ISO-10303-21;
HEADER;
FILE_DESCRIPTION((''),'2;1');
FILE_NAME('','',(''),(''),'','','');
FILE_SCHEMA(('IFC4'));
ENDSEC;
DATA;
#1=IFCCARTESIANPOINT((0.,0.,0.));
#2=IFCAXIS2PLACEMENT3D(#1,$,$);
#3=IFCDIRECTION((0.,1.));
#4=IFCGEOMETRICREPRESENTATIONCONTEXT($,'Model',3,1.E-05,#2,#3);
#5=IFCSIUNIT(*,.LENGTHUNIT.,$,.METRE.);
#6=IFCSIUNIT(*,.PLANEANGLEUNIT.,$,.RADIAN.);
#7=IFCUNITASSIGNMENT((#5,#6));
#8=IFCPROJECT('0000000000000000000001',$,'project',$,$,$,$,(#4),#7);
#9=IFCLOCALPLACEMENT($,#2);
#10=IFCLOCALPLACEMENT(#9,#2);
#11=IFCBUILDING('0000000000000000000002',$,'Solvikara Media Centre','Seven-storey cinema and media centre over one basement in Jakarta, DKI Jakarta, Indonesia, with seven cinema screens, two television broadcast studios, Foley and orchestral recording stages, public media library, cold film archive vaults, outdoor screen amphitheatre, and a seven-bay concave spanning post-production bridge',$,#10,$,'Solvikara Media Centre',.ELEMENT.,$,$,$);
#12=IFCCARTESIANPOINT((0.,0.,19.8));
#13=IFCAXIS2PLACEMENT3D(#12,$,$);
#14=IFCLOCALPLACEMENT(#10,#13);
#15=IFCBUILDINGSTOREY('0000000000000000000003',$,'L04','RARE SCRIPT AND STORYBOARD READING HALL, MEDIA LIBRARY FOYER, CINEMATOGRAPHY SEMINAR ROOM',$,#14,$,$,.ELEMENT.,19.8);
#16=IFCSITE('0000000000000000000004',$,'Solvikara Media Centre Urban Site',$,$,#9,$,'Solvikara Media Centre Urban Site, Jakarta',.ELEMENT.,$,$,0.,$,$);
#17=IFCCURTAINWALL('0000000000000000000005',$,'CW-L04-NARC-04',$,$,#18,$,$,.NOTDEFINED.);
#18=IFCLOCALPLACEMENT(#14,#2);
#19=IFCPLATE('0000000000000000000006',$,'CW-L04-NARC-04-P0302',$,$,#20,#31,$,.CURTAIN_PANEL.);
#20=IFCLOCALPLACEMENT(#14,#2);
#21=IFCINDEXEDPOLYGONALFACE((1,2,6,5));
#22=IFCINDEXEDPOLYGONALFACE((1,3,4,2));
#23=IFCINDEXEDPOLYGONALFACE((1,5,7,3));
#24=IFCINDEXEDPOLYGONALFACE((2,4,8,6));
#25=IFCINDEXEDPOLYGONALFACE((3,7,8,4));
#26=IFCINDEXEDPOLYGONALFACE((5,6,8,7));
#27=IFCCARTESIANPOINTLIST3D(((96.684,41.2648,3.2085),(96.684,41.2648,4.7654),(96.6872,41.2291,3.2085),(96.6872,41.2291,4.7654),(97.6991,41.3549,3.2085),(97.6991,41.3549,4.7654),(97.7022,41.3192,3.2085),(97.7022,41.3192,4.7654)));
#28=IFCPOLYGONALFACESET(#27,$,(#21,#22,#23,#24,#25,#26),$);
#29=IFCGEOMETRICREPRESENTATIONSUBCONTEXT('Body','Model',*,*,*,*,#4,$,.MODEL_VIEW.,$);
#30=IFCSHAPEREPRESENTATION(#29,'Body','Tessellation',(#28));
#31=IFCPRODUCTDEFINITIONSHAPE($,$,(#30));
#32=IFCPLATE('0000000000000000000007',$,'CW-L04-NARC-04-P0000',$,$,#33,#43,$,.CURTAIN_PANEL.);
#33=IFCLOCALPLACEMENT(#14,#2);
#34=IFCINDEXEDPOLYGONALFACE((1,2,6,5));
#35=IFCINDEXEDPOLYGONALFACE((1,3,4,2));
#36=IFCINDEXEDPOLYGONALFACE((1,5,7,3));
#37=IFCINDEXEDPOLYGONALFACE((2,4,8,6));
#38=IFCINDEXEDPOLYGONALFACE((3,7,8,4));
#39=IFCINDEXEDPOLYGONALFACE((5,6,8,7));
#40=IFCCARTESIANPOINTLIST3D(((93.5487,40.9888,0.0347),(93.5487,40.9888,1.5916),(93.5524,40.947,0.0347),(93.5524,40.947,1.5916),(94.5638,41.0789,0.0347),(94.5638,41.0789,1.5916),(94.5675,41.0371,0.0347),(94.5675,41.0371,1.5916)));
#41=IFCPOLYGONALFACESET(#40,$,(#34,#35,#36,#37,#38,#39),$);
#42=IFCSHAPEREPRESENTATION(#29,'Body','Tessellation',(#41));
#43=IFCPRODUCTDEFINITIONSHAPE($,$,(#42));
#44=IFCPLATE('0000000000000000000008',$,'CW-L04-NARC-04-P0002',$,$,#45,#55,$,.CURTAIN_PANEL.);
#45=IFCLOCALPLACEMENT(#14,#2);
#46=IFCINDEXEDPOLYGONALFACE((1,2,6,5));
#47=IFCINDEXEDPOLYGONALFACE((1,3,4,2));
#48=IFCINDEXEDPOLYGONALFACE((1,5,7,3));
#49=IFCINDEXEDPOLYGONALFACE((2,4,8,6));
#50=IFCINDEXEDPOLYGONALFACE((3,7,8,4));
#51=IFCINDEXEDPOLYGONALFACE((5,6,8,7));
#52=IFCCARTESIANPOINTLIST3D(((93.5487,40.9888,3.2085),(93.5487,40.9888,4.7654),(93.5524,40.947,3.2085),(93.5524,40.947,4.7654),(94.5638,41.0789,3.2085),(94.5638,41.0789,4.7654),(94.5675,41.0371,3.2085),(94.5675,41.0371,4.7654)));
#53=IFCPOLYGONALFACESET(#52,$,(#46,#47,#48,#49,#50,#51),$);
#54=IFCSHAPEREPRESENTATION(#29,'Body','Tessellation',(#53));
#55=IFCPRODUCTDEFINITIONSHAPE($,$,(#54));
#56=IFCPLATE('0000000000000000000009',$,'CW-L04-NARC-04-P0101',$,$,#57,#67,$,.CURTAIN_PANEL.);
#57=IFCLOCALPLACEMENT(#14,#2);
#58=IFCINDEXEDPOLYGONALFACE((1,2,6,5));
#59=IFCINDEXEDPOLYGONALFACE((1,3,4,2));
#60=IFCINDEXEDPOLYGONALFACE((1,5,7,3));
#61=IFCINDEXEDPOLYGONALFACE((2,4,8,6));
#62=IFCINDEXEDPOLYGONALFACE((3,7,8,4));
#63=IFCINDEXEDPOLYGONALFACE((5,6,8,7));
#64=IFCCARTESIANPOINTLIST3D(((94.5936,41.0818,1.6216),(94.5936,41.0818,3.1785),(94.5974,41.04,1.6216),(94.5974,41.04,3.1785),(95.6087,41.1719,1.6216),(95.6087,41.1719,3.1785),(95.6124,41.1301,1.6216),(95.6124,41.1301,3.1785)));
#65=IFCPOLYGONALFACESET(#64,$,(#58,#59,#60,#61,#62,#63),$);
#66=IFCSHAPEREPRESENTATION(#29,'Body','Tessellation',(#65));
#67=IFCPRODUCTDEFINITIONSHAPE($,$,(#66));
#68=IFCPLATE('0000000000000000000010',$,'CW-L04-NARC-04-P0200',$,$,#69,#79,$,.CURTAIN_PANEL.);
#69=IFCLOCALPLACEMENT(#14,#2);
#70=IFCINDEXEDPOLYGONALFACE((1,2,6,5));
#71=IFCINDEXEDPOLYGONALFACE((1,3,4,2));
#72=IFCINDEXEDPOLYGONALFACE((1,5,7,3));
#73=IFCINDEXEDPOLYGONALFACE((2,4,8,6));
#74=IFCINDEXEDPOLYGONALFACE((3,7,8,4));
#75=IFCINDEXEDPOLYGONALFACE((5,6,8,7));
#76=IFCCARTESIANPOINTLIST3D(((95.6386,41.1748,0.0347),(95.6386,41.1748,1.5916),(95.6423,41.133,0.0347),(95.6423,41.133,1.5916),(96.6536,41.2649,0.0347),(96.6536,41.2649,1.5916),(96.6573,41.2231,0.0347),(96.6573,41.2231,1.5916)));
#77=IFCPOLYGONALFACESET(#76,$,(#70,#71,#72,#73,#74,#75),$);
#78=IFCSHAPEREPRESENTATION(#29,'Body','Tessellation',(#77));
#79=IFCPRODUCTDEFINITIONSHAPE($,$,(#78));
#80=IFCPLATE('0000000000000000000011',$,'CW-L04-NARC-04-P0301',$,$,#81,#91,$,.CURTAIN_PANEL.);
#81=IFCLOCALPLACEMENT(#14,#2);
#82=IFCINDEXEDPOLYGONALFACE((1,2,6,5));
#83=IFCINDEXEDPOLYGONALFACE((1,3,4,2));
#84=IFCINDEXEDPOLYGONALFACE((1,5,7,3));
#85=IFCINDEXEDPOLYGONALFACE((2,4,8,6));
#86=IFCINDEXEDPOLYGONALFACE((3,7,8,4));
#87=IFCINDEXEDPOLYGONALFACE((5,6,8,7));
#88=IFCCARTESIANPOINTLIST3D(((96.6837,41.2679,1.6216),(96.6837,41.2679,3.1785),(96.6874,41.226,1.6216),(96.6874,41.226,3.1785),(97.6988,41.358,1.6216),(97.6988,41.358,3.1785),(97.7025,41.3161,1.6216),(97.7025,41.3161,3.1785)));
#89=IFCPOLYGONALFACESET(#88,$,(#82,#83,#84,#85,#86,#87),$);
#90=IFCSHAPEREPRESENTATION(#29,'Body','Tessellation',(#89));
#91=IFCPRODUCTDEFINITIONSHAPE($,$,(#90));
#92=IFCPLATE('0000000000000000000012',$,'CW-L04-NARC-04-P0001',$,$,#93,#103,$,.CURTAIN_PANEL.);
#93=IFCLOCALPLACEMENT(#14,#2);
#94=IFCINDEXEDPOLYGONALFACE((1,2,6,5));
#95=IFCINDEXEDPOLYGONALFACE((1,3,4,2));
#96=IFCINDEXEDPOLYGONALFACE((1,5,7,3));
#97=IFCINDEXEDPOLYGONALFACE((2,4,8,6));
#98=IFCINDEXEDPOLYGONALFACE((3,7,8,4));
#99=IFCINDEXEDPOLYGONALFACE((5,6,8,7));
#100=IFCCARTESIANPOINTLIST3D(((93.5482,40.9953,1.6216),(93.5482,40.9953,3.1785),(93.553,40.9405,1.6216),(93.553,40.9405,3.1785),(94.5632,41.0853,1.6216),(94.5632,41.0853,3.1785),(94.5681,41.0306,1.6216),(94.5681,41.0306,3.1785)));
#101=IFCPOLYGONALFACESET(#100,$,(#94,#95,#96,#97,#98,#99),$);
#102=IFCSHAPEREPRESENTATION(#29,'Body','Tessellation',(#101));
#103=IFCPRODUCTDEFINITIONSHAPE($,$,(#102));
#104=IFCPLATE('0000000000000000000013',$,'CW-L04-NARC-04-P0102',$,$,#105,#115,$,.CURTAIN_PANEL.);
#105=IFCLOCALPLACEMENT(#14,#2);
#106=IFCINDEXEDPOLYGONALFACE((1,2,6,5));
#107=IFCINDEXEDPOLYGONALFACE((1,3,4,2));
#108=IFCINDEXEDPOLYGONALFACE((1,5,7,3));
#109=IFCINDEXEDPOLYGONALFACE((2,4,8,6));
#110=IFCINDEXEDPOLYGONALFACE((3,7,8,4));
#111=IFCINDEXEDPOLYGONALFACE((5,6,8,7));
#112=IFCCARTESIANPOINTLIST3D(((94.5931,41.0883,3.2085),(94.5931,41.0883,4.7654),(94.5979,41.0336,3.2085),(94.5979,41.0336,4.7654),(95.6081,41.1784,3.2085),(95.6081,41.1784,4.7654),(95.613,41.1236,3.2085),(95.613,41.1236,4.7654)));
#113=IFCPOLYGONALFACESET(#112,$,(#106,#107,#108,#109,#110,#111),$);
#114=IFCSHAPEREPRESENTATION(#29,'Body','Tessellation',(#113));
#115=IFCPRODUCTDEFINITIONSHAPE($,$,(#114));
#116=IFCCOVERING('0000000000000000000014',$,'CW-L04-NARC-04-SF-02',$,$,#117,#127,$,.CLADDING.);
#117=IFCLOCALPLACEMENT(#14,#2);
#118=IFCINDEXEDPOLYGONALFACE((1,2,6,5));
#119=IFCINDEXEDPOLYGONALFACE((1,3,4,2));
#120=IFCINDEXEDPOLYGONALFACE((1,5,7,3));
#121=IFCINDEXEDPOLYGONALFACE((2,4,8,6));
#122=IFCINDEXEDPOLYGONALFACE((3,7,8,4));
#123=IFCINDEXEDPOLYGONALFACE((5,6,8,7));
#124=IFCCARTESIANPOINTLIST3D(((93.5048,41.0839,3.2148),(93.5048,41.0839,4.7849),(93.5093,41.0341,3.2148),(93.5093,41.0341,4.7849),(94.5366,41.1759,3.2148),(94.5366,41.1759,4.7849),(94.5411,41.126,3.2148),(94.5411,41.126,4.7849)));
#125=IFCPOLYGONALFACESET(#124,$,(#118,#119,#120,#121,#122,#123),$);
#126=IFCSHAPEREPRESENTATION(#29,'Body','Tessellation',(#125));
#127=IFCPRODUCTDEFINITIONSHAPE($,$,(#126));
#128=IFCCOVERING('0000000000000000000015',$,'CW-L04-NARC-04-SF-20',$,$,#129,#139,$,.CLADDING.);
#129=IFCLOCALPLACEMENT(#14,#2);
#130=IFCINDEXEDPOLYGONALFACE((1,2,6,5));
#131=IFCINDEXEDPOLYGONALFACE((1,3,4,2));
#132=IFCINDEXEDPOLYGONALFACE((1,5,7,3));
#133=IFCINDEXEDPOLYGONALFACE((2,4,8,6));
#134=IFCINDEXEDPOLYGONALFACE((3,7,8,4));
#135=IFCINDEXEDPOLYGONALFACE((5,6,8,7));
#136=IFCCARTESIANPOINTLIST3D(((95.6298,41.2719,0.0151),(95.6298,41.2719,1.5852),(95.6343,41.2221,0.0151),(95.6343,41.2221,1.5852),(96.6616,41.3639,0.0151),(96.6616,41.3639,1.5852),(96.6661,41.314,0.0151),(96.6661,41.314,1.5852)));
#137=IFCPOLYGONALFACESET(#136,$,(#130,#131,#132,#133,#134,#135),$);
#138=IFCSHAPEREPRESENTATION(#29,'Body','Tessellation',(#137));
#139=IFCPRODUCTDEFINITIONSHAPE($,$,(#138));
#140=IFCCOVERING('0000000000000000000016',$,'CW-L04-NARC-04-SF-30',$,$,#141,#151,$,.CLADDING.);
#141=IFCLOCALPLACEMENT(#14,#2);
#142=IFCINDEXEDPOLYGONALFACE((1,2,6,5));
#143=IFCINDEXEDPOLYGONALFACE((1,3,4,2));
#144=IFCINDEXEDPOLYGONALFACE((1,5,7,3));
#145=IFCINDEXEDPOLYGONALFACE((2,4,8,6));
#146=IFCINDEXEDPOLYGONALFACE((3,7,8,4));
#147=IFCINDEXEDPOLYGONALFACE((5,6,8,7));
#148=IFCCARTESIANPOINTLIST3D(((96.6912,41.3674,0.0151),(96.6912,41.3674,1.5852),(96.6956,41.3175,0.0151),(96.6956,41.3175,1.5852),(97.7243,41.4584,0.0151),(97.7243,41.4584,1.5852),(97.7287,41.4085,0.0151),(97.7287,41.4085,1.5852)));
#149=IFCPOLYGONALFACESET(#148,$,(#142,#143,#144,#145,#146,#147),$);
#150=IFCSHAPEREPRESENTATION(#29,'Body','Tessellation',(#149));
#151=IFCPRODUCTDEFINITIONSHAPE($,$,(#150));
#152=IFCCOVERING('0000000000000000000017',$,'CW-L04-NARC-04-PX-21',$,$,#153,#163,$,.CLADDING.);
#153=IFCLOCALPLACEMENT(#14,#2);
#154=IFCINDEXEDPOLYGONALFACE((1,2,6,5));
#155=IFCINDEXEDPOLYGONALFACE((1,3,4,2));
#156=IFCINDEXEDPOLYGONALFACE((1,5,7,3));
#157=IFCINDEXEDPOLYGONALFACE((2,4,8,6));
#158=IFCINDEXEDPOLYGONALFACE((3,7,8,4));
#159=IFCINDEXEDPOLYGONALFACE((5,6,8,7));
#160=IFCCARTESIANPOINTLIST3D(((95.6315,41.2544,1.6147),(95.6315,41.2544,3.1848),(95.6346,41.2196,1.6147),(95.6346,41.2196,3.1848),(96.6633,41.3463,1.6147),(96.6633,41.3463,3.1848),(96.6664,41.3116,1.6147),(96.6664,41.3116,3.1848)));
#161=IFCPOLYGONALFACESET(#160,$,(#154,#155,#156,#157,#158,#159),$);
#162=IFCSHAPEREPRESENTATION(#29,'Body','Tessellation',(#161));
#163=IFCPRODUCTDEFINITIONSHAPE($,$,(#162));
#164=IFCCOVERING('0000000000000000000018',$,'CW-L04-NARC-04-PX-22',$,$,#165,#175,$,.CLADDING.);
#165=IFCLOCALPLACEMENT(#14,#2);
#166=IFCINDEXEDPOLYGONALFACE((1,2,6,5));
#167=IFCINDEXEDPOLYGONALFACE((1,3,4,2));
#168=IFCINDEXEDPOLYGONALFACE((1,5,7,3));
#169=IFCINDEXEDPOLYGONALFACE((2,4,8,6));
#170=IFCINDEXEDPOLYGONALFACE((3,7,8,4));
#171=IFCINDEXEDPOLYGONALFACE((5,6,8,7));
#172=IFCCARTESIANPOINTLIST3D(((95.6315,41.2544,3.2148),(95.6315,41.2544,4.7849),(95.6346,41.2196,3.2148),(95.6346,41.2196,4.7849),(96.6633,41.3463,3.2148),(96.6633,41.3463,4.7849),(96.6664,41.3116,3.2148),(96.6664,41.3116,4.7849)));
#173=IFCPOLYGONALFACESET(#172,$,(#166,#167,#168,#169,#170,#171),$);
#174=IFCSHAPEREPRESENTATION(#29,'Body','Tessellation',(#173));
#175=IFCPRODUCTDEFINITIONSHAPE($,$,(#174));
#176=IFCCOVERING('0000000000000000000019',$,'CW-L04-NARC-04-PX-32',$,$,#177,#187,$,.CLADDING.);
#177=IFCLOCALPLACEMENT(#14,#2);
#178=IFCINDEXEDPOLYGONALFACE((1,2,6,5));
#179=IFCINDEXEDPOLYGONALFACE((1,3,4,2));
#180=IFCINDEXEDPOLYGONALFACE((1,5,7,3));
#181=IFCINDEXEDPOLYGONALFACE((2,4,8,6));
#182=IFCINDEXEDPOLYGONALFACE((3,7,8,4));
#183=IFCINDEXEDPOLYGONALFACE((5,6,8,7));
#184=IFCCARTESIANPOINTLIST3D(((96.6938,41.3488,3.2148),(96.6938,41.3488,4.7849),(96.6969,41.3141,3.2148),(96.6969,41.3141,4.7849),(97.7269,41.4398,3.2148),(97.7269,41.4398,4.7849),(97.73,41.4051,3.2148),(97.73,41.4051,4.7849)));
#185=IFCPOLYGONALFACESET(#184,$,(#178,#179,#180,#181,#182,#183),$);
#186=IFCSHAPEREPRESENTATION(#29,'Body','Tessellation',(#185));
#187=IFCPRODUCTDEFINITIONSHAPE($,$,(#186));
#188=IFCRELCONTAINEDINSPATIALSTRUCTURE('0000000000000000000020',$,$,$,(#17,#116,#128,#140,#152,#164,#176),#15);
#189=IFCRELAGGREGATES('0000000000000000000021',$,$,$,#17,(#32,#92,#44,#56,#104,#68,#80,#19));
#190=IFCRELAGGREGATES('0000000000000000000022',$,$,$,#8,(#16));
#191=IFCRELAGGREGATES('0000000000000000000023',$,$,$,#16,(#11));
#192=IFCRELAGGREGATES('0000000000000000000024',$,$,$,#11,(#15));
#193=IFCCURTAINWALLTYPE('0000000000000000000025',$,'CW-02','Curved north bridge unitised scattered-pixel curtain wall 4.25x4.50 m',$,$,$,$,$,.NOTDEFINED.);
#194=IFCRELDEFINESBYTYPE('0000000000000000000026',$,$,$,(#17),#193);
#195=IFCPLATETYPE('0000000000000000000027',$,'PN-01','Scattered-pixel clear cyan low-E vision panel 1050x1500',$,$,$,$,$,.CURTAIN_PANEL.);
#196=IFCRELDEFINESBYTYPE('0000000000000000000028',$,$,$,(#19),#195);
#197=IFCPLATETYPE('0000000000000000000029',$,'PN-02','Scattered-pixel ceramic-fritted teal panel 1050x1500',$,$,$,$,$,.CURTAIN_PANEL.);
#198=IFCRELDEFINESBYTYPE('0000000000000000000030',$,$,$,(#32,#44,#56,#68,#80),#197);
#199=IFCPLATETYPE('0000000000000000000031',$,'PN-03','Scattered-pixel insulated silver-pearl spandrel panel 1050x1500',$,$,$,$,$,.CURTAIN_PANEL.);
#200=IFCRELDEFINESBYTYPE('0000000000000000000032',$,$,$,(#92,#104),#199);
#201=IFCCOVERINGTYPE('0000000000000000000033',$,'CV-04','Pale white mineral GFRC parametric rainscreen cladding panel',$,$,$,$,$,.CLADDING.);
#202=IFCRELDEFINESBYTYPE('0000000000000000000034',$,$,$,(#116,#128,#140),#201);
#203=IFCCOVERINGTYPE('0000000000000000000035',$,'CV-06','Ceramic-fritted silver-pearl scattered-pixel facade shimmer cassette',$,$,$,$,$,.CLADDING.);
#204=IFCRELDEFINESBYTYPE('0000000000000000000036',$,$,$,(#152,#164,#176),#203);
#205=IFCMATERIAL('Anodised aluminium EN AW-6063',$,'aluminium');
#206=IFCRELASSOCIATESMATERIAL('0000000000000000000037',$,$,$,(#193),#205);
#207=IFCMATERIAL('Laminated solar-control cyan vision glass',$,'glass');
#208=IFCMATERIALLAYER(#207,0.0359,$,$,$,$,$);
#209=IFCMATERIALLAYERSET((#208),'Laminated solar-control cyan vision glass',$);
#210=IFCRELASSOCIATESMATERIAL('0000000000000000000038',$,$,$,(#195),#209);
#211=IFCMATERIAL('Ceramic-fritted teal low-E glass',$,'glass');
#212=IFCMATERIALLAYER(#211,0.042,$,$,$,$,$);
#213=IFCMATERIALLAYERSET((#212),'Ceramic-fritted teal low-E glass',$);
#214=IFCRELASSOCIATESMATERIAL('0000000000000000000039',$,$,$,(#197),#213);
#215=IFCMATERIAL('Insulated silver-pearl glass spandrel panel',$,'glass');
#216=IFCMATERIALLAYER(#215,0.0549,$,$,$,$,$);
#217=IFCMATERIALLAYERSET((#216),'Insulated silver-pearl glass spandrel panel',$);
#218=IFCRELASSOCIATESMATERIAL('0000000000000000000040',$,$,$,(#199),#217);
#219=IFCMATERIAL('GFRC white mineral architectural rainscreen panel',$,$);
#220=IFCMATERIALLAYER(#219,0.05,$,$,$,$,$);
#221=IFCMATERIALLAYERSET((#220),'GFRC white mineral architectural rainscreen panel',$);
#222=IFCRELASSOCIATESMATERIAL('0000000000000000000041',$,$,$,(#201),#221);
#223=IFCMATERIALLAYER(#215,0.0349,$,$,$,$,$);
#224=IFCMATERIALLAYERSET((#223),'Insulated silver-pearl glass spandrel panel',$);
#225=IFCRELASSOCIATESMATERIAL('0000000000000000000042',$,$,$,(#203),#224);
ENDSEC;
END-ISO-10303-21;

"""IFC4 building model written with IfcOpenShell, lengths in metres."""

from ifc_helpers import new_model, si_unit, direction, frame, origin, origin_2d, place, context, subcontext, project, spatial, rectangle, extrude, material, layer, layer_set, type_object, element, aggregate, save


model = new_model("IFC4")

# Units and contexts
model_context = context("Model", 3, precision=1e-05, world=origin(), true_north=direction((0.0, 1.0)))
body_context = subcontext(model_context, "Body", "Model", "MODEL_VIEW")
ifc_project = project(units=[si_unit("LENGTHUNIT", "METRE"), si_unit("PLANEANGLEUNIT", "RADIAN")], contexts=[model_context])

# Site, building, storey
site_placement = place(None, origin())
site = spatial("IfcSite", under=ifc_project, at=site_placement, Name="Solvikara Media Centre Urban Site", LongName="Solvikara Media Centre Urban Site, Jakarta", CompositionType="ELEMENT", RefElevation=0.0)
building_placement = place(site_placement, origin())
building = spatial("IfcBuilding", under=site, at=building_placement, Name="Solvikara Media Centre", Description="Seven-storey cinema and media centre over one basement in Jakarta, DKI Jakarta, Indonesia, with seven cinema screens, two television broadcast studios, Foley and orchestral recording stages, public media library, cold film archive vaults, outdoor screen amphitheatre, and a seven-bay concave spanning post-production bridge", LongName="Solvikara Media Centre", CompositionType="ELEMENT")
storey_placement = place(building_placement, frame((0.0, 0.0, 19.8)))
storey = spatial("IfcBuildingStorey", under=building, at=storey_placement, Name="L04", Description="RARE SCRIPT AND STORYBOARD READING HALL, MEDIA LIBRARY FOYER, CINEMATOGRAPHY SEMINAR ROOM", CompositionType="ELEMENT", Elevation=19.8)

# Curtain wall
ifc_material_1 = material(Name="Anodised aluminium EN AW-6063", Category="aluminium")
curtain_wall_type = type_object("IfcCurtainWallType", Name="CW-02", Description="Curved north bridge unitised scattered-pixel curtain wall 4.25x4.50 m", PredefinedType="NOTDEFINED", material=ifc_material_1)
curtain_wall_1_placement = place(storey_placement, origin())
curtain_wall_1 = element("IfcCurtainWall", 1, at=curtain_wall_1_placement, inside=storey, type_object=curtain_wall_type, Name="CW-L04-NARC-04", PredefinedType="NOTDEFINED")

# Plates
ifc_material_2 = material(Name="Laminated solar-control cyan vision glass", Category="glass")
ifc_layer_1 = layer(ifc_material_2, 0.0359)
ifc_layer_set_1 = layer_set([ifc_layer_1], Name="Laminated solar-control cyan vision glass")
plate_type_1 = type_object("IfcPlateType", Name="PN-01", Description="Scattered-pixel clear cyan low-E vision panel 1050x1500", PredefinedType="CURTAIN_PANEL", material=ifc_layer_set_1)
plate_1_placement = place(storey_placement, frame((97.1931, 41.292, 3.2085), z_axis=(0.0, 0.0, 1.0), x_axis=(0.996084, 0.088408, 0.0)))
plate_1 = element("IfcPlate", 2, at=plate_1_placement, type_object=plate_type_1, Name="CW-L04-NARC-04-P0302", PredefinedType="CURTAIN_PANEL", context=body_context, shape_type="SweptSolid", body=[
    extrude(rectangle(XDim=1.019, YDim=0.0359, at=origin_2d()), origin(), (0.0, 0.0, 1.0), 1.5569),
])
ifc_material_3 = material(Name="Ceramic-fritted teal low-E glass", Category="glass")
ifc_layer_2 = layer(ifc_material_3, 0.042)
ifc_layer_set_2 = layer_set([ifc_layer_2], Name="Ceramic-fritted teal low-E glass")
plate_type_2 = type_object("IfcPlateType", Name="PN-02", Description="Scattered-pixel ceramic-fritted teal panel 1050x1500", PredefinedType="CURTAIN_PANEL", material=ifc_layer_set_2)
plate_2_placement = place(storey_placement, frame((94.0581, 41.0129, 0.0347), z_axis=(0.0, 0.0, 1.0), x_axis=(0.996084, 0.088408, 0.0)))
plate_2 = element("IfcPlate", 3, at=plate_2_placement, type_object=plate_type_2, Name="CW-L04-NARC-04-P0000", PredefinedType="CURTAIN_PANEL", context=body_context, shape_type="SweptSolid", body=[
    extrude(rectangle(XDim=1.019, YDim=0.042, at=origin_2d()), origin(), (0.0, 0.0, 1.0), 1.5569),
])
plate_3_placement = place(storey_placement, frame((94.0581, 41.0129, 3.2085), z_axis=(0.0, 0.0, 1.0), x_axis=(0.996084, 0.088408, 0.0)))
plate_3 = element("IfcPlate", 4, at=plate_3_placement, type_object=plate_type_2, Name="CW-L04-NARC-04-P0002", PredefinedType="CURTAIN_PANEL", context=body_context, shape_type="SweptSolid", body=[
    extrude(rectangle(XDim=1.019, YDim=0.042, at=origin_2d()), origin(), (0.0, 0.0, 1.0), 1.5569),
])
plate_4_placement = place(storey_placement, frame((95.103, 41.106, 1.6216), z_axis=(0.0, 0.0, 1.0), x_axis=(0.996084, 0.088408, 0.0)))
plate_4 = element("IfcPlate", 5, at=plate_4_placement, type_object=plate_type_2, Name="CW-L04-NARC-04-P0101", PredefinedType="CURTAIN_PANEL", context=body_context, shape_type="SweptSolid", body=[
    extrude(rectangle(XDim=1.019, YDim=0.042, at=origin_2d()), origin(), (0.0, 0.0, 1.0), 1.5569),
])
plate_5_placement = place(storey_placement, frame((96.1479, 41.199, 0.0347), z_axis=(0.0, 0.0, 1.0), x_axis=(0.996084, 0.088408, 0.0)))
plate_5 = element("IfcPlate", 6, at=plate_5_placement, type_object=plate_type_2, Name="CW-L04-NARC-04-P0200", PredefinedType="CURTAIN_PANEL", context=body_context, shape_type="SweptSolid", body=[
    extrude(rectangle(XDim=1.019, YDim=0.042, at=origin_2d()), origin(), (0.0, 0.0, 1.0), 1.5569),
])
plate_6_placement = place(storey_placement, frame((97.1931, 41.292, 1.6216), z_axis=(0.0, 0.0, 1.0), x_axis=(0.996084, 0.088408, 0.0)))
plate_6 = element("IfcPlate", 7, at=plate_6_placement, type_object=plate_type_2, Name="CW-L04-NARC-04-P0301", PredefinedType="CURTAIN_PANEL", context=body_context, shape_type="SweptSolid", body=[
    extrude(rectangle(XDim=1.019, YDim=0.042, at=origin_2d()), origin(), (0.0, 0.0, 1.0), 1.5569),
])
ifc_material_4 = material(Name="Insulated silver-pearl glass spandrel panel", Category="glass")
ifc_layer_3 = layer(ifc_material_4, 0.0549)
ifc_layer_set_3 = layer_set([ifc_layer_3], Name="Insulated silver-pearl glass spandrel panel")
plate_type_3 = type_object("IfcPlateType", Name="PN-03", Description="Scattered-pixel insulated silver-pearl spandrel panel 1050x1500", PredefinedType="CURTAIN_PANEL", material=ifc_layer_set_3)
plate_7_placement = place(storey_placement, frame((94.0581, 41.0129, 1.6216), z_axis=(0.0, 0.0, 1.0), x_axis=(0.996084, 0.088408, 0.0)))
plate_7 = element("IfcPlate", 8, at=plate_7_placement, type_object=plate_type_3, Name="CW-L04-NARC-04-P0001", PredefinedType="CURTAIN_PANEL", context=body_context, shape_type="SweptSolid", body=[
    extrude(rectangle(XDim=1.019, YDim=0.0549, at=origin_2d()), origin(), (0.0, 0.0, 1.0), 1.5569),
])
plate_8_placement = place(storey_placement, frame((95.103, 41.106, 3.2085), z_axis=(0.0, 0.0, 1.0), x_axis=(0.996084, 0.088408, 0.0)))
plate_8 = element("IfcPlate", 9, at=plate_8_placement, type_object=plate_type_3, Name="CW-L04-NARC-04-P0102", PredefinedType="CURTAIN_PANEL", context=body_context, shape_type="SweptSolid", body=[
    extrude(rectangle(XDim=1.019, YDim=0.0549, at=origin_2d()), origin(), (0.0, 0.0, 1.0), 1.5569),
])
aggregate(curtain_wall_1, [plate_2, plate_7, plate_3, plate_4, plate_8, plate_5, plate_6, plate_1])

# Coverings
ifc_material_5 = material(Name="GFRC white mineral architectural rainscreen panel")
ifc_layer_4 = layer(ifc_material_5, 0.05)
ifc_layer_set_4 = layer_set([ifc_layer_4], Name="GFRC white mineral architectural rainscreen panel")
covering_type_1 = type_object("IfcCoveringType", Name="CV-04", Description="Pale white mineral GFRC parametric rainscreen cladding panel", PredefinedType="CLADDING", material=ifc_layer_set_4)
for number, where, z_axis, x_axis, name in (
    (10, (94.0229, 41.105, 3.2148), (0.0, 0.0, 1.0), (0.99605, 0.08879, 0.0), "CW-L04-NARC-04-SF-02"),
    (11, (96.1479, 41.293, 0.0151), (0.0, 0.0, 1.0), (0.99605, 0.08879, 0.0), "CW-L04-NARC-04-SF-20"),
):
    element("IfcCovering", number, at=place(storey_placement, frame(where, z_axis=z_axis, x_axis=x_axis)), inside=storey, type_object=covering_type_1, Name=name, PredefinedType="CLADDING", context=body_context, shape_type="SweptSolid", body=[
        extrude(rectangle(XDim=1.0359, YDim=0.05, at=origin_2d()), origin(), (0.0, 0.0, 1.0), 1.5701),
    ])
covering_1_placement = place(storey_placement, frame((97.21, 41.3879, 0.0151), z_axis=(0.0, 0.0, 1.0), x_axis=(0.996143, 0.087747, 0.0)))
element("IfcCovering", 12, at=covering_1_placement, inside=storey, type_object=covering_type_1, Name="CW-L04-NARC-04-SF-30", PredefinedType="CLADDING", context=body_context, shape_type="SweptSolid", body=[
    extrude(rectangle(XDim=1.0371, YDim=0.05, at=origin_2d()), origin(), (0.0, 0.0, 1.0), 1.5701),
])
ifc_layer_5 = layer(ifc_material_4, 0.0349)
ifc_layer_set_5 = layer_set([ifc_layer_5], Name="Insulated silver-pearl glass spandrel panel")
covering_type_2 = type_object("IfcCoveringType", Name="CV-06", Description="Ceramic-fritted silver-pearl scattered-pixel facade shimmer cassette", PredefinedType="CLADDING", material=ifc_layer_set_5)
for number, where, z_axis, x_axis, name in (
    (13, (96.1489, 41.283, 1.6147), (0.0, 0.0, 1.0), (0.99605, 0.08879, 0.0), "CW-L04-NARC-04-PX-21"),
    (14, (96.1489, 41.283, 3.2148), (0.0, 0.0, 1.0), (0.99605, 0.08879, 0.0), "CW-L04-NARC-04-PX-22"),
):
    element("IfcCovering", number, at=place(storey_placement, frame(where, z_axis=z_axis, x_axis=x_axis)), inside=storey, type_object=covering_type_2, Name=name, PredefinedType="CLADDING", context=body_context, shape_type="SweptSolid", body=[
        extrude(rectangle(XDim=1.0359, YDim=0.0349, at=origin_2d()), origin(), (0.0, 0.0, 1.0), 1.5701),
    ])
covering_2_placement = place(storey_placement, frame((97.2119, 41.377, 3.2148), z_axis=(0.0, 0.0, 1.0), x_axis=(0.996143, 0.087747, 0.0)))
element("IfcCovering", 15, at=covering_2_placement, inside=storey, type_object=covering_type_2, Name="CW-L04-NARC-04-PX-32", PredefinedType="CLADDING", context=body_context, shape_type="SweptSolid", body=[
    extrude(rectangle(XDim=1.0371, YDim=0.0349, at=origin_2d()), origin(), (0.0, 0.0, 1.0), 1.5701),
])

save(model, "model.ifc")
